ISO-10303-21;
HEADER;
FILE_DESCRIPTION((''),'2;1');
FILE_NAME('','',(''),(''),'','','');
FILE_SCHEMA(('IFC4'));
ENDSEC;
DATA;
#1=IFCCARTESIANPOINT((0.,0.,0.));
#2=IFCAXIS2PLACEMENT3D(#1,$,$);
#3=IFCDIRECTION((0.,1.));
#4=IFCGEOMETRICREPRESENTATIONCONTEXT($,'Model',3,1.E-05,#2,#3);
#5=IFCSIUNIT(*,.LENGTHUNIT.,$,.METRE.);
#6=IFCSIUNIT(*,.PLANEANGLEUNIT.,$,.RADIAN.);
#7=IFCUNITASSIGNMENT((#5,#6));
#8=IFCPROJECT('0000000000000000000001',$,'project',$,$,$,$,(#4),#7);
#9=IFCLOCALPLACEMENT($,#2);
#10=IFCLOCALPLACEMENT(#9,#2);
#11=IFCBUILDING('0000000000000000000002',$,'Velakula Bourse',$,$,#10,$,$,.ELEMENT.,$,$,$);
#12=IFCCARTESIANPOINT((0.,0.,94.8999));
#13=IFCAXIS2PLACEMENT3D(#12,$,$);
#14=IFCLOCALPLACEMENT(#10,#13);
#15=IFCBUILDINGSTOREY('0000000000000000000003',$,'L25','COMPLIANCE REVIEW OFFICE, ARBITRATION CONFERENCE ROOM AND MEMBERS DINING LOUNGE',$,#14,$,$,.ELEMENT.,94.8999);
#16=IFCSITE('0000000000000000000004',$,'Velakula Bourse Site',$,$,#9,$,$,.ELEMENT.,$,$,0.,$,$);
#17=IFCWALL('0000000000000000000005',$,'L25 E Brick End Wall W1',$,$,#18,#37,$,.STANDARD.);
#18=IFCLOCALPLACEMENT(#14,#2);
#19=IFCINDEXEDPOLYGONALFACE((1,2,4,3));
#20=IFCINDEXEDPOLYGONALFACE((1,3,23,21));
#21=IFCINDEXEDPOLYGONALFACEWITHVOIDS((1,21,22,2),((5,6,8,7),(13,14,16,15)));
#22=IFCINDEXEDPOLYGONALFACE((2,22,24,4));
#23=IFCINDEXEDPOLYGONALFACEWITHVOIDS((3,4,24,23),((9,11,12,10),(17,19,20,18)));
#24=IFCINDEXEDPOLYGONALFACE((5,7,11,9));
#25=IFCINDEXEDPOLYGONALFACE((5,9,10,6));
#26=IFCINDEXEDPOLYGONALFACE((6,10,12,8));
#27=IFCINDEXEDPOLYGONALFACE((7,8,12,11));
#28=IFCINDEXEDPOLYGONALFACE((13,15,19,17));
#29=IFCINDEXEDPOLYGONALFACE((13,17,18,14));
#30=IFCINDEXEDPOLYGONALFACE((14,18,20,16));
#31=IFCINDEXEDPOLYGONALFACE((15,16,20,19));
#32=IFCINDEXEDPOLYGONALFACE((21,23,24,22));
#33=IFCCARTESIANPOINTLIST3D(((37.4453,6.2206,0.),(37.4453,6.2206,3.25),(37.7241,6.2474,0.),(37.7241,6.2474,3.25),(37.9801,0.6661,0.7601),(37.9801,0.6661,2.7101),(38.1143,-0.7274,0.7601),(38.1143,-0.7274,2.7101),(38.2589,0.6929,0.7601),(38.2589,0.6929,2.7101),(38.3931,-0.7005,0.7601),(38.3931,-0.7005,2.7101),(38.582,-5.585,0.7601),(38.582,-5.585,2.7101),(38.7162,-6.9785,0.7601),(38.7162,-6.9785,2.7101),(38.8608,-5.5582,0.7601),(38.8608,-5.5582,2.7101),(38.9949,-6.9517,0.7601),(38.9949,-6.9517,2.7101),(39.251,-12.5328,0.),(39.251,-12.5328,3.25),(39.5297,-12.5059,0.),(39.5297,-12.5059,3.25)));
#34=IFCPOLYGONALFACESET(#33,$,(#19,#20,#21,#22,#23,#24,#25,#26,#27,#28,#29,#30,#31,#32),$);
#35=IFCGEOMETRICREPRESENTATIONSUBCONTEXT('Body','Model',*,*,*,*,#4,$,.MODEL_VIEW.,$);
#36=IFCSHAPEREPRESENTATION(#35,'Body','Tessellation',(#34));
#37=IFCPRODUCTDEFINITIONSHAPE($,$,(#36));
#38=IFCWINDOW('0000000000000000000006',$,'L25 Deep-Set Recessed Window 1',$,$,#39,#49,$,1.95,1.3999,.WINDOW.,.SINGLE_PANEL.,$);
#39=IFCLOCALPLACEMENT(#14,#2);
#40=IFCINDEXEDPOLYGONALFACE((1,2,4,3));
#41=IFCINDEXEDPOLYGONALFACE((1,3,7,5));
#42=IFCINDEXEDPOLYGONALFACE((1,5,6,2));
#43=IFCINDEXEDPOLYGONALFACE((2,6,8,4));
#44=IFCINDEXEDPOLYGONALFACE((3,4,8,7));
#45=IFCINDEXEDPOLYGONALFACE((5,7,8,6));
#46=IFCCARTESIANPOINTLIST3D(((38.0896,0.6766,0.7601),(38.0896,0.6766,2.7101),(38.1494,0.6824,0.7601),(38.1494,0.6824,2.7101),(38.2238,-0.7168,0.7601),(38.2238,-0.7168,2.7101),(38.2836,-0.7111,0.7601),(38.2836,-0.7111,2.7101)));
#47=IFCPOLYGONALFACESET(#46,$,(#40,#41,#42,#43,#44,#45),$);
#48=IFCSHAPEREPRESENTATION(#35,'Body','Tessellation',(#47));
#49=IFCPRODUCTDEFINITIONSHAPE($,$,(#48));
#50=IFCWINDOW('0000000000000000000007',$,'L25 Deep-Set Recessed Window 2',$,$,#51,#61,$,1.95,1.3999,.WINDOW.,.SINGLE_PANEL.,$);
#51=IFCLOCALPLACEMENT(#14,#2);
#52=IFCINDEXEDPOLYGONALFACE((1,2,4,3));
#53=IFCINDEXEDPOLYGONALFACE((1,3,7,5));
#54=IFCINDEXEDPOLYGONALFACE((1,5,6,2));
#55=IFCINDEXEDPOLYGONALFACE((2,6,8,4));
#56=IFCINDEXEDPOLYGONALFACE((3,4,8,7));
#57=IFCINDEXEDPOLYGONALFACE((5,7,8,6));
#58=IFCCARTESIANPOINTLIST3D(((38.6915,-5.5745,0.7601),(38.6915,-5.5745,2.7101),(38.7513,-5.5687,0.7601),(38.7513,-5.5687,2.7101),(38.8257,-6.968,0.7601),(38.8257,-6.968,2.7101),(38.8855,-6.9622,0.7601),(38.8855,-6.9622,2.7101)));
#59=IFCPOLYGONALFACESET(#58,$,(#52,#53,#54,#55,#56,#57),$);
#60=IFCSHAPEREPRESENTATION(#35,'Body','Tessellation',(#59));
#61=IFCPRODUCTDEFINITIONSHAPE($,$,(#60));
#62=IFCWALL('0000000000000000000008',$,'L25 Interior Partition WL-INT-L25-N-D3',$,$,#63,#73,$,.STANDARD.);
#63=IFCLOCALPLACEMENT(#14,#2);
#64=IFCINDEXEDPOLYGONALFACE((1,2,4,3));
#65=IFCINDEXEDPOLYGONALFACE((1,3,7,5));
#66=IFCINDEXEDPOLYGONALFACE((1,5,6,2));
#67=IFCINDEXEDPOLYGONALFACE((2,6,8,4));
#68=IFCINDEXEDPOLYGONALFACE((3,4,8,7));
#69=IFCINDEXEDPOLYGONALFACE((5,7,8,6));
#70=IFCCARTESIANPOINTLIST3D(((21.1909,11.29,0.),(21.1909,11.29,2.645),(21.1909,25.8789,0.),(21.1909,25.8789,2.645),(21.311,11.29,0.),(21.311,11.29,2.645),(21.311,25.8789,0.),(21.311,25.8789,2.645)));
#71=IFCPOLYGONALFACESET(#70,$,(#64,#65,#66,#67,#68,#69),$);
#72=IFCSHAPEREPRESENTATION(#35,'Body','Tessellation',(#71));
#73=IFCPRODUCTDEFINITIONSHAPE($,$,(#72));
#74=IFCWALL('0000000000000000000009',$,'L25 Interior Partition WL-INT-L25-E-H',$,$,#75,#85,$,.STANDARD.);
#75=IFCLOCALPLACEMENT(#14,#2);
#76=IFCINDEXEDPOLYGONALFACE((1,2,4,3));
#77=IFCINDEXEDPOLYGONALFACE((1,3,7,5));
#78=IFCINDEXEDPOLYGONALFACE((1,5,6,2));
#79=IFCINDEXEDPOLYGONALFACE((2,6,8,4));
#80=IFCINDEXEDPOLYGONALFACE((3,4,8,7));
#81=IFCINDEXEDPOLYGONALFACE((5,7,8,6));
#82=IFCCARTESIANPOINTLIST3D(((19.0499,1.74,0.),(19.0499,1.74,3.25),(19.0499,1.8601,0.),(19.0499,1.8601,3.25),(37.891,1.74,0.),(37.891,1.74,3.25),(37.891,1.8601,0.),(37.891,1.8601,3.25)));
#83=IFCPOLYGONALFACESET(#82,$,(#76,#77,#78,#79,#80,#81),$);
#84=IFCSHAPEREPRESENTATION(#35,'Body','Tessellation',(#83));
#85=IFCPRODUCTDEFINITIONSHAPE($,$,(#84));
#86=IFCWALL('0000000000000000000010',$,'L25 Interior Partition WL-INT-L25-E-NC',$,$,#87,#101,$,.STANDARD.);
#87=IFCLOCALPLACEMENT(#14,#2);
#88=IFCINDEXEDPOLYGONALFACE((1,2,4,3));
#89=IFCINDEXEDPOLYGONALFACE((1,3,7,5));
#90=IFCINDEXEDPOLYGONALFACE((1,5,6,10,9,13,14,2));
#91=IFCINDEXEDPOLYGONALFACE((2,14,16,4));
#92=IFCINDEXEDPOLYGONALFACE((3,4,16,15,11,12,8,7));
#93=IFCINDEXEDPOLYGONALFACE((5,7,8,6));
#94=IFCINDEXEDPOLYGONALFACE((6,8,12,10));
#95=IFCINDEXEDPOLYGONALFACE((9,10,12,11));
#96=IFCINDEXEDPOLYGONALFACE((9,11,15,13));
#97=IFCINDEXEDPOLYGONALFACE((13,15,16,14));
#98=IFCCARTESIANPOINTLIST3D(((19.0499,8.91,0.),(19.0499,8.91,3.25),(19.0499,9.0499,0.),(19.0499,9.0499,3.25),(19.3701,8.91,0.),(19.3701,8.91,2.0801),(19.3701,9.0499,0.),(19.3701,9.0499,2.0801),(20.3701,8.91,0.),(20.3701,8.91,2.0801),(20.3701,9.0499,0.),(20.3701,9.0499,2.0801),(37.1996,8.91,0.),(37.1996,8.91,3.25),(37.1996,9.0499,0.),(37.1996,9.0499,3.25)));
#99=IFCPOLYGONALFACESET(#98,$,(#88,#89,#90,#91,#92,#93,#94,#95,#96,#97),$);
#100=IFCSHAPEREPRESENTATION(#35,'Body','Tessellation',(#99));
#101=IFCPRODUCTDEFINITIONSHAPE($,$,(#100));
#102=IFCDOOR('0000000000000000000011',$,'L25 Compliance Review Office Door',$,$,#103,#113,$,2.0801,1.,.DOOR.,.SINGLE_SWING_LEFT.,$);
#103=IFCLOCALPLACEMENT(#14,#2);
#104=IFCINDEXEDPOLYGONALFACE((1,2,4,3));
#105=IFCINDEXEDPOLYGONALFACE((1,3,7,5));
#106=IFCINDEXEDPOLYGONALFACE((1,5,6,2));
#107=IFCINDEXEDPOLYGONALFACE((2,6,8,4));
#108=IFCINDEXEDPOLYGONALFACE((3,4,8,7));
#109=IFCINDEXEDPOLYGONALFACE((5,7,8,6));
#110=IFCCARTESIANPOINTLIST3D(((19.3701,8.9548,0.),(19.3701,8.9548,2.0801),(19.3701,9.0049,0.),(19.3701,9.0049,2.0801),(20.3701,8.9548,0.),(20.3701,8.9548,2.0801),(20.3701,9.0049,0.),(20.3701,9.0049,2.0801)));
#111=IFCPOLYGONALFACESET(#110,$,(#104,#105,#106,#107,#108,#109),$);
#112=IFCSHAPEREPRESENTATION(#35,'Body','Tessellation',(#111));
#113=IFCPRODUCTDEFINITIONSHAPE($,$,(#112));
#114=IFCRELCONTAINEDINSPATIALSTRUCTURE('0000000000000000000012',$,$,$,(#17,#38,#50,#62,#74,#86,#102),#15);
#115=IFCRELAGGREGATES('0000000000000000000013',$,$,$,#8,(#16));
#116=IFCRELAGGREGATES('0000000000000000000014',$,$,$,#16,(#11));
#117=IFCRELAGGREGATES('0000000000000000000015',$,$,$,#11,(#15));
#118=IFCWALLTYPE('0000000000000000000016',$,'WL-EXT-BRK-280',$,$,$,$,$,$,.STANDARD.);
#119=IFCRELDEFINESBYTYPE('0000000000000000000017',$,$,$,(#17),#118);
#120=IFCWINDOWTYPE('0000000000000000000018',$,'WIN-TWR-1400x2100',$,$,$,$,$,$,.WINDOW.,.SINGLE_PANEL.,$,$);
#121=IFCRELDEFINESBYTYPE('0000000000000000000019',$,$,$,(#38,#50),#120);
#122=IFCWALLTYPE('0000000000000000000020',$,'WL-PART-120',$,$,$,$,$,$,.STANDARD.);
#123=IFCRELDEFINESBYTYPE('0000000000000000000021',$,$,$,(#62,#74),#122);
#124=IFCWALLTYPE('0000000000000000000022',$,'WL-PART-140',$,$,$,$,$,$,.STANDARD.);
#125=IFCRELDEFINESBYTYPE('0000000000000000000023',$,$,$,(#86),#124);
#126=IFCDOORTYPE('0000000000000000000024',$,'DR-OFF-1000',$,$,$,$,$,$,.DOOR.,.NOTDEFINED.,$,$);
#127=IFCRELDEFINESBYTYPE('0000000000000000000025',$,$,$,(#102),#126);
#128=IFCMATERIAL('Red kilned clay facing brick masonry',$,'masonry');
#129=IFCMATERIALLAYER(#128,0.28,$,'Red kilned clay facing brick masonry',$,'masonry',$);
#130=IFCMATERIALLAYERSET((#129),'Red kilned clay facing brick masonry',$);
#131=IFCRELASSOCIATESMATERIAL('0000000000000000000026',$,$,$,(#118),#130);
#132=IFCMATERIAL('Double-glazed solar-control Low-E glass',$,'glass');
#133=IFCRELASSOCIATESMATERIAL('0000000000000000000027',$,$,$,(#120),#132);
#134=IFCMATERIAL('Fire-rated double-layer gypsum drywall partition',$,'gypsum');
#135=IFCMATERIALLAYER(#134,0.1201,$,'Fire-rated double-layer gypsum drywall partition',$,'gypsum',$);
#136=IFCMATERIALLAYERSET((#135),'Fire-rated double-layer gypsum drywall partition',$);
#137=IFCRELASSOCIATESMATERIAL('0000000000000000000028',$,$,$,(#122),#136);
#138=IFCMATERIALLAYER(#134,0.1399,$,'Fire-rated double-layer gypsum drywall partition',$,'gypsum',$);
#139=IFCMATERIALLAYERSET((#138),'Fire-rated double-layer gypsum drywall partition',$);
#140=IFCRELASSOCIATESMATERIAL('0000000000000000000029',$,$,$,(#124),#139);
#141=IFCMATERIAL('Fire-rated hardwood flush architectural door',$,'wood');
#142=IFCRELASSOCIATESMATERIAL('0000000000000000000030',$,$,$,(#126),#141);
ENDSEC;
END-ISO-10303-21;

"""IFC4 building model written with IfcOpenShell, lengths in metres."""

from ifc_helpers import new_model, si_unit, direction, frame, frame_2d, origin, place, context, subcontext, project, spatial, rectangle, extrude, material, layer, layer_set, type_object, element, fill, save


model = new_model("IFC4")

# Units and contexts
model_context = context("Model", 3, precision=1e-05, world=origin(), true_north=direction((0.0, 1.0)))
body_context = subcontext(model_context, "Body", "Model", "MODEL_VIEW")
ifc_project = project(units=[si_unit("LENGTHUNIT", "METRE"), si_unit("PLANEANGLEUNIT", "RADIAN")], contexts=[model_context])

# Site, building, storey
site_placement = place(None, origin())
site = spatial("IfcSite", under=ifc_project, at=site_placement, Name="Velakula Bourse Site", CompositionType="ELEMENT", RefElevation=0.0)
building_placement = place(site_placement, origin())
building = spatial("IfcBuilding", under=site, at=building_placement, Name="Velakula Bourse", CompositionType="ELEMENT")
storey_placement = place(building_placement, frame((0.0, 0.0, 94.8999)))
storey = spatial("IfcBuildingStorey", under=building, at=storey_placement, Name="L25", Description="COMPLIANCE REVIEW OFFICE, ARBITRATION CONFERENCE ROOM AND MEMBERS DINING LOUNGE", CompositionType="ELEMENT", Elevation=94.8999)

# Wall, openings, windows
ifc_material_1 = material(Name="Red kilned clay facing brick masonry", Category="masonry")
ifc_layer_1 = layer(ifc_material_1, 0.28, Name="Red kilned clay facing brick masonry", Category="masonry")
ifc_layer_set_1 = layer_set([ifc_layer_1], Name="Red kilned clay facing brick masonry")
wall_type_1 = type_object("IfcWallType", Name="WL-EXT-BRK-280", PredefinedType="STANDARD", material=ifc_layer_set_1)
wall_1_placement = place(storey_placement, frame((37.5847, 6.2339, 0.0), z_axis=(0.0, 0.0, 1.0), x_axis=(0.095841, -0.995397, 0.0)))
wall_1 = element("IfcWall", 1, at=wall_1_placement, inside=storey, type_object=wall_type_1, Name="L25 E Brick End Wall W1", PredefinedType="STANDARD", context=body_context, shape_type="SweptSolid", body=[
    extrude(rectangle(XDim=18.8401, YDim=0.28, at=frame_2d((9.4199, 0.0))), origin(), (0.0, 0.0, 1.0), 3.25),
])
opening_1_placement = place(wall_1_placement, frame((5.5801, 0.0, 0.76)))
opening_1 = element("IfcOpeningElement", 2, at=opening_1_placement, cuts=wall_1, PredefinedType="OPENING", context=body_context, shape_type="SweptSolid", body=[
    extrude(rectangle(XDim=1.3999, YDim=1.95, at=frame_2d((0.7, 0.9751))), frame((0.0, 0.1499, 0.0), z_axis=(0.0, -1.0, 0.0), x_axis=(1.0, 0.0, 0.0)), (0.0, 0.0, 1.0), 0.3),
])
opening_2_placement = place(wall_1_placement, frame((11.8601, 0.0, 0.76)))
opening_2 = element("IfcOpeningElement", 3, at=opening_2_placement, cuts=wall_1, PredefinedType="OPENING", context=body_context, shape_type="SweptSolid", body=[
    extrude(rectangle(XDim=1.3999, YDim=1.95, at=frame_2d((0.7, 0.9751))), frame((0.0, 0.1499, 0.0), z_axis=(0.0, -1.0, 0.0), x_axis=(1.0, 0.0, 0.0)), (0.0, 0.0, 1.0), 0.3),
])
ifc_material_2 = material(Name="Double-glazed solar-control Low-E glass", Category="glass")
window_type = type_object("IfcWindowType", Name="WIN-TWR-1400x2100", PartitioningType="SINGLE_PANEL", PredefinedType="WINDOW", material=ifc_material_2)
window_1_placement = place(opening_1_placement, origin())
window_1 = element("IfcWindow", 4, at=window_1_placement, inside=storey, type_object=window_type, Name="L25 Deep-Set Recessed Window 1", OverallHeight=1.95, OverallWidth=1.3999, PartitioningType="SINGLE_PANEL", PredefinedType="WINDOW", context=body_context, shape_type="SweptSolid", body=[
    extrude(rectangle(XDim=1.3999, YDim=1.95, at=frame_2d((0.7, 0.9751))), frame((0.0, 0.03, 0.0), z_axis=(0.0, -1.0, 0.0), x_axis=(1.0, 0.0, 0.0)), (0.0, 0.0, 1.0), 0.0601),
])
fill(opening_1, window_1)
window_2_placement = place(opening_2_placement, origin())
window_2 = element("IfcWindow", 5, at=window_2_placement, inside=storey, type_object=window_type, Name="L25 Deep-Set Recessed Window 2", OverallHeight=1.95, OverallWidth=1.3999, PartitioningType="SINGLE_PANEL", PredefinedType="WINDOW", context=body_context, shape_type="SweptSolid", body=[
    extrude(rectangle(XDim=1.3999, YDim=1.95, at=frame_2d((0.7, 0.9751))), frame((0.0, 0.03, 0.0), z_axis=(0.0, -1.0, 0.0), x_axis=(1.0, 0.0, 0.0)), (0.0, 0.0, 1.0), 0.0601),
])
fill(opening_2, window_2)

# Walls
ifc_material_3 = material(Name="Fire-rated double-layer gypsum drywall partition", Category="gypsum")
ifc_layer_2 = layer(ifc_material_3, 0.1201, Name="Fire-rated double-layer gypsum drywall partition", Category="gypsum")
ifc_layer_set_2 = layer_set([ifc_layer_2], Name="Fire-rated double-layer gypsum drywall partition")
wall_type_2 = type_object("IfcWallType", Name="WL-PART-120", PredefinedType="STANDARD", material=ifc_layer_set_2)
wall_2_placement = place(storey_placement, frame((21.251, 11.29, 0.0), z_axis=(0.0, 0.0, 1.0), x_axis=(0.0, 1.0, 0.0)))
element("IfcWall", 6, at=wall_2_placement, inside=storey, type_object=wall_type_2, Name="L25 Interior Partition WL-INT-L25-N-D3", PredefinedType="STANDARD", context=body_context, shape_type="SweptSolid", body=[
    extrude(rectangle(XDim=14.5889, YDim=0.1201, at=frame_2d((7.2944, 0.0))), origin(), (0.0, 0.0, 1.0), 2.645),
])
wall_3_placement = place(storey_placement, frame((19.05, 1.8, 0.0), z_axis=(0.0, 0.0, 1.0), x_axis=(1.0, 0.0, 0.0)))
element("IfcWall", 7, at=wall_3_placement, inside=storey, type_object=wall_type_2, Name="L25 Interior Partition WL-INT-L25-E-H", PredefinedType="STANDARD", context=body_context, shape_type="SweptSolid", body=[
    extrude(rectangle(XDim=18.8411, YDim=0.1201, at=frame_2d((9.4204, 0.0))), origin(), (0.0, 0.0, 1.0), 3.25),
])

# Wall, opening, door
ifc_layer_3 = layer(ifc_material_3, 0.1399, Name="Fire-rated double-layer gypsum drywall partition", Category="gypsum")
ifc_layer_set_3 = layer_set([ifc_layer_3], Name="Fire-rated double-layer gypsum drywall partition")
wall_type_3 = type_object("IfcWallType", Name="WL-PART-140", PredefinedType="STANDARD", material=ifc_layer_set_3)
wall_4_placement = place(storey_placement, frame((19.05, 8.98, 0.0), z_axis=(0.0, 0.0, 1.0), x_axis=(1.0, 0.0, 0.0)))
wall_4 = element("IfcWall", 8, at=wall_4_placement, inside=storey, type_object=wall_type_3, Name="L25 Interior Partition WL-INT-L25-E-NC", PredefinedType="STANDARD", context=body_context, shape_type="SweptSolid", body=[
    extrude(rectangle(XDim=18.1497, YDim=0.1399, at=frame_2d((9.0747, 0.0))), origin(), (0.0, 0.0, 1.0), 3.25),
])
opening_3_placement = place(wall_4_placement, frame((0.3201, 0.0, 0.0)))
opening_3 = element("IfcOpeningElement", 9, at=opening_3_placement, cuts=wall_4, PredefinedType="OPENING", context=body_context, shape_type="SweptSolid", body=[
    extrude(rectangle(XDim=1.0, YDim=2.0801, at=frame_2d((0.5, 1.04))), frame((0.0, 0.0798, 0.0), z_axis=(0.0, -1.0, 0.0), x_axis=(1.0, 0.0, 0.0)), (0.0, 0.0, 1.0), 0.1599),
])
ifc_material_4 = material(Name="Fire-rated hardwood flush architectural door", Category="wood")
door_type = type_object("IfcDoorType", Name="DR-OFF-1000", OperationType="NOTDEFINED", PredefinedType="DOOR", material=ifc_material_4)
door_placement = place(opening_3_placement, origin())
door = element("IfcDoor", 10, at=door_placement, inside=storey, type_object=door_type, Name="L25 Compliance Review Office Door", OperationType="SINGLE_SWING_LEFT", OverallHeight=2.0801, OverallWidth=1.0, PredefinedType="DOOR", context=body_context, shape_type="SweptSolid", body=[
    extrude(rectangle(XDim=1.0, YDim=2.0801, at=frame_2d((0.5, 1.04))), frame((0.0, 0.0249, 0.0), z_axis=(0.0, -1.0, 0.0), x_axis=(1.0, 0.0, 0.0)), (0.0, 0.0, 1.0), 0.05),
])
fill(opening_3, door)

save(model, "model.ifc")
